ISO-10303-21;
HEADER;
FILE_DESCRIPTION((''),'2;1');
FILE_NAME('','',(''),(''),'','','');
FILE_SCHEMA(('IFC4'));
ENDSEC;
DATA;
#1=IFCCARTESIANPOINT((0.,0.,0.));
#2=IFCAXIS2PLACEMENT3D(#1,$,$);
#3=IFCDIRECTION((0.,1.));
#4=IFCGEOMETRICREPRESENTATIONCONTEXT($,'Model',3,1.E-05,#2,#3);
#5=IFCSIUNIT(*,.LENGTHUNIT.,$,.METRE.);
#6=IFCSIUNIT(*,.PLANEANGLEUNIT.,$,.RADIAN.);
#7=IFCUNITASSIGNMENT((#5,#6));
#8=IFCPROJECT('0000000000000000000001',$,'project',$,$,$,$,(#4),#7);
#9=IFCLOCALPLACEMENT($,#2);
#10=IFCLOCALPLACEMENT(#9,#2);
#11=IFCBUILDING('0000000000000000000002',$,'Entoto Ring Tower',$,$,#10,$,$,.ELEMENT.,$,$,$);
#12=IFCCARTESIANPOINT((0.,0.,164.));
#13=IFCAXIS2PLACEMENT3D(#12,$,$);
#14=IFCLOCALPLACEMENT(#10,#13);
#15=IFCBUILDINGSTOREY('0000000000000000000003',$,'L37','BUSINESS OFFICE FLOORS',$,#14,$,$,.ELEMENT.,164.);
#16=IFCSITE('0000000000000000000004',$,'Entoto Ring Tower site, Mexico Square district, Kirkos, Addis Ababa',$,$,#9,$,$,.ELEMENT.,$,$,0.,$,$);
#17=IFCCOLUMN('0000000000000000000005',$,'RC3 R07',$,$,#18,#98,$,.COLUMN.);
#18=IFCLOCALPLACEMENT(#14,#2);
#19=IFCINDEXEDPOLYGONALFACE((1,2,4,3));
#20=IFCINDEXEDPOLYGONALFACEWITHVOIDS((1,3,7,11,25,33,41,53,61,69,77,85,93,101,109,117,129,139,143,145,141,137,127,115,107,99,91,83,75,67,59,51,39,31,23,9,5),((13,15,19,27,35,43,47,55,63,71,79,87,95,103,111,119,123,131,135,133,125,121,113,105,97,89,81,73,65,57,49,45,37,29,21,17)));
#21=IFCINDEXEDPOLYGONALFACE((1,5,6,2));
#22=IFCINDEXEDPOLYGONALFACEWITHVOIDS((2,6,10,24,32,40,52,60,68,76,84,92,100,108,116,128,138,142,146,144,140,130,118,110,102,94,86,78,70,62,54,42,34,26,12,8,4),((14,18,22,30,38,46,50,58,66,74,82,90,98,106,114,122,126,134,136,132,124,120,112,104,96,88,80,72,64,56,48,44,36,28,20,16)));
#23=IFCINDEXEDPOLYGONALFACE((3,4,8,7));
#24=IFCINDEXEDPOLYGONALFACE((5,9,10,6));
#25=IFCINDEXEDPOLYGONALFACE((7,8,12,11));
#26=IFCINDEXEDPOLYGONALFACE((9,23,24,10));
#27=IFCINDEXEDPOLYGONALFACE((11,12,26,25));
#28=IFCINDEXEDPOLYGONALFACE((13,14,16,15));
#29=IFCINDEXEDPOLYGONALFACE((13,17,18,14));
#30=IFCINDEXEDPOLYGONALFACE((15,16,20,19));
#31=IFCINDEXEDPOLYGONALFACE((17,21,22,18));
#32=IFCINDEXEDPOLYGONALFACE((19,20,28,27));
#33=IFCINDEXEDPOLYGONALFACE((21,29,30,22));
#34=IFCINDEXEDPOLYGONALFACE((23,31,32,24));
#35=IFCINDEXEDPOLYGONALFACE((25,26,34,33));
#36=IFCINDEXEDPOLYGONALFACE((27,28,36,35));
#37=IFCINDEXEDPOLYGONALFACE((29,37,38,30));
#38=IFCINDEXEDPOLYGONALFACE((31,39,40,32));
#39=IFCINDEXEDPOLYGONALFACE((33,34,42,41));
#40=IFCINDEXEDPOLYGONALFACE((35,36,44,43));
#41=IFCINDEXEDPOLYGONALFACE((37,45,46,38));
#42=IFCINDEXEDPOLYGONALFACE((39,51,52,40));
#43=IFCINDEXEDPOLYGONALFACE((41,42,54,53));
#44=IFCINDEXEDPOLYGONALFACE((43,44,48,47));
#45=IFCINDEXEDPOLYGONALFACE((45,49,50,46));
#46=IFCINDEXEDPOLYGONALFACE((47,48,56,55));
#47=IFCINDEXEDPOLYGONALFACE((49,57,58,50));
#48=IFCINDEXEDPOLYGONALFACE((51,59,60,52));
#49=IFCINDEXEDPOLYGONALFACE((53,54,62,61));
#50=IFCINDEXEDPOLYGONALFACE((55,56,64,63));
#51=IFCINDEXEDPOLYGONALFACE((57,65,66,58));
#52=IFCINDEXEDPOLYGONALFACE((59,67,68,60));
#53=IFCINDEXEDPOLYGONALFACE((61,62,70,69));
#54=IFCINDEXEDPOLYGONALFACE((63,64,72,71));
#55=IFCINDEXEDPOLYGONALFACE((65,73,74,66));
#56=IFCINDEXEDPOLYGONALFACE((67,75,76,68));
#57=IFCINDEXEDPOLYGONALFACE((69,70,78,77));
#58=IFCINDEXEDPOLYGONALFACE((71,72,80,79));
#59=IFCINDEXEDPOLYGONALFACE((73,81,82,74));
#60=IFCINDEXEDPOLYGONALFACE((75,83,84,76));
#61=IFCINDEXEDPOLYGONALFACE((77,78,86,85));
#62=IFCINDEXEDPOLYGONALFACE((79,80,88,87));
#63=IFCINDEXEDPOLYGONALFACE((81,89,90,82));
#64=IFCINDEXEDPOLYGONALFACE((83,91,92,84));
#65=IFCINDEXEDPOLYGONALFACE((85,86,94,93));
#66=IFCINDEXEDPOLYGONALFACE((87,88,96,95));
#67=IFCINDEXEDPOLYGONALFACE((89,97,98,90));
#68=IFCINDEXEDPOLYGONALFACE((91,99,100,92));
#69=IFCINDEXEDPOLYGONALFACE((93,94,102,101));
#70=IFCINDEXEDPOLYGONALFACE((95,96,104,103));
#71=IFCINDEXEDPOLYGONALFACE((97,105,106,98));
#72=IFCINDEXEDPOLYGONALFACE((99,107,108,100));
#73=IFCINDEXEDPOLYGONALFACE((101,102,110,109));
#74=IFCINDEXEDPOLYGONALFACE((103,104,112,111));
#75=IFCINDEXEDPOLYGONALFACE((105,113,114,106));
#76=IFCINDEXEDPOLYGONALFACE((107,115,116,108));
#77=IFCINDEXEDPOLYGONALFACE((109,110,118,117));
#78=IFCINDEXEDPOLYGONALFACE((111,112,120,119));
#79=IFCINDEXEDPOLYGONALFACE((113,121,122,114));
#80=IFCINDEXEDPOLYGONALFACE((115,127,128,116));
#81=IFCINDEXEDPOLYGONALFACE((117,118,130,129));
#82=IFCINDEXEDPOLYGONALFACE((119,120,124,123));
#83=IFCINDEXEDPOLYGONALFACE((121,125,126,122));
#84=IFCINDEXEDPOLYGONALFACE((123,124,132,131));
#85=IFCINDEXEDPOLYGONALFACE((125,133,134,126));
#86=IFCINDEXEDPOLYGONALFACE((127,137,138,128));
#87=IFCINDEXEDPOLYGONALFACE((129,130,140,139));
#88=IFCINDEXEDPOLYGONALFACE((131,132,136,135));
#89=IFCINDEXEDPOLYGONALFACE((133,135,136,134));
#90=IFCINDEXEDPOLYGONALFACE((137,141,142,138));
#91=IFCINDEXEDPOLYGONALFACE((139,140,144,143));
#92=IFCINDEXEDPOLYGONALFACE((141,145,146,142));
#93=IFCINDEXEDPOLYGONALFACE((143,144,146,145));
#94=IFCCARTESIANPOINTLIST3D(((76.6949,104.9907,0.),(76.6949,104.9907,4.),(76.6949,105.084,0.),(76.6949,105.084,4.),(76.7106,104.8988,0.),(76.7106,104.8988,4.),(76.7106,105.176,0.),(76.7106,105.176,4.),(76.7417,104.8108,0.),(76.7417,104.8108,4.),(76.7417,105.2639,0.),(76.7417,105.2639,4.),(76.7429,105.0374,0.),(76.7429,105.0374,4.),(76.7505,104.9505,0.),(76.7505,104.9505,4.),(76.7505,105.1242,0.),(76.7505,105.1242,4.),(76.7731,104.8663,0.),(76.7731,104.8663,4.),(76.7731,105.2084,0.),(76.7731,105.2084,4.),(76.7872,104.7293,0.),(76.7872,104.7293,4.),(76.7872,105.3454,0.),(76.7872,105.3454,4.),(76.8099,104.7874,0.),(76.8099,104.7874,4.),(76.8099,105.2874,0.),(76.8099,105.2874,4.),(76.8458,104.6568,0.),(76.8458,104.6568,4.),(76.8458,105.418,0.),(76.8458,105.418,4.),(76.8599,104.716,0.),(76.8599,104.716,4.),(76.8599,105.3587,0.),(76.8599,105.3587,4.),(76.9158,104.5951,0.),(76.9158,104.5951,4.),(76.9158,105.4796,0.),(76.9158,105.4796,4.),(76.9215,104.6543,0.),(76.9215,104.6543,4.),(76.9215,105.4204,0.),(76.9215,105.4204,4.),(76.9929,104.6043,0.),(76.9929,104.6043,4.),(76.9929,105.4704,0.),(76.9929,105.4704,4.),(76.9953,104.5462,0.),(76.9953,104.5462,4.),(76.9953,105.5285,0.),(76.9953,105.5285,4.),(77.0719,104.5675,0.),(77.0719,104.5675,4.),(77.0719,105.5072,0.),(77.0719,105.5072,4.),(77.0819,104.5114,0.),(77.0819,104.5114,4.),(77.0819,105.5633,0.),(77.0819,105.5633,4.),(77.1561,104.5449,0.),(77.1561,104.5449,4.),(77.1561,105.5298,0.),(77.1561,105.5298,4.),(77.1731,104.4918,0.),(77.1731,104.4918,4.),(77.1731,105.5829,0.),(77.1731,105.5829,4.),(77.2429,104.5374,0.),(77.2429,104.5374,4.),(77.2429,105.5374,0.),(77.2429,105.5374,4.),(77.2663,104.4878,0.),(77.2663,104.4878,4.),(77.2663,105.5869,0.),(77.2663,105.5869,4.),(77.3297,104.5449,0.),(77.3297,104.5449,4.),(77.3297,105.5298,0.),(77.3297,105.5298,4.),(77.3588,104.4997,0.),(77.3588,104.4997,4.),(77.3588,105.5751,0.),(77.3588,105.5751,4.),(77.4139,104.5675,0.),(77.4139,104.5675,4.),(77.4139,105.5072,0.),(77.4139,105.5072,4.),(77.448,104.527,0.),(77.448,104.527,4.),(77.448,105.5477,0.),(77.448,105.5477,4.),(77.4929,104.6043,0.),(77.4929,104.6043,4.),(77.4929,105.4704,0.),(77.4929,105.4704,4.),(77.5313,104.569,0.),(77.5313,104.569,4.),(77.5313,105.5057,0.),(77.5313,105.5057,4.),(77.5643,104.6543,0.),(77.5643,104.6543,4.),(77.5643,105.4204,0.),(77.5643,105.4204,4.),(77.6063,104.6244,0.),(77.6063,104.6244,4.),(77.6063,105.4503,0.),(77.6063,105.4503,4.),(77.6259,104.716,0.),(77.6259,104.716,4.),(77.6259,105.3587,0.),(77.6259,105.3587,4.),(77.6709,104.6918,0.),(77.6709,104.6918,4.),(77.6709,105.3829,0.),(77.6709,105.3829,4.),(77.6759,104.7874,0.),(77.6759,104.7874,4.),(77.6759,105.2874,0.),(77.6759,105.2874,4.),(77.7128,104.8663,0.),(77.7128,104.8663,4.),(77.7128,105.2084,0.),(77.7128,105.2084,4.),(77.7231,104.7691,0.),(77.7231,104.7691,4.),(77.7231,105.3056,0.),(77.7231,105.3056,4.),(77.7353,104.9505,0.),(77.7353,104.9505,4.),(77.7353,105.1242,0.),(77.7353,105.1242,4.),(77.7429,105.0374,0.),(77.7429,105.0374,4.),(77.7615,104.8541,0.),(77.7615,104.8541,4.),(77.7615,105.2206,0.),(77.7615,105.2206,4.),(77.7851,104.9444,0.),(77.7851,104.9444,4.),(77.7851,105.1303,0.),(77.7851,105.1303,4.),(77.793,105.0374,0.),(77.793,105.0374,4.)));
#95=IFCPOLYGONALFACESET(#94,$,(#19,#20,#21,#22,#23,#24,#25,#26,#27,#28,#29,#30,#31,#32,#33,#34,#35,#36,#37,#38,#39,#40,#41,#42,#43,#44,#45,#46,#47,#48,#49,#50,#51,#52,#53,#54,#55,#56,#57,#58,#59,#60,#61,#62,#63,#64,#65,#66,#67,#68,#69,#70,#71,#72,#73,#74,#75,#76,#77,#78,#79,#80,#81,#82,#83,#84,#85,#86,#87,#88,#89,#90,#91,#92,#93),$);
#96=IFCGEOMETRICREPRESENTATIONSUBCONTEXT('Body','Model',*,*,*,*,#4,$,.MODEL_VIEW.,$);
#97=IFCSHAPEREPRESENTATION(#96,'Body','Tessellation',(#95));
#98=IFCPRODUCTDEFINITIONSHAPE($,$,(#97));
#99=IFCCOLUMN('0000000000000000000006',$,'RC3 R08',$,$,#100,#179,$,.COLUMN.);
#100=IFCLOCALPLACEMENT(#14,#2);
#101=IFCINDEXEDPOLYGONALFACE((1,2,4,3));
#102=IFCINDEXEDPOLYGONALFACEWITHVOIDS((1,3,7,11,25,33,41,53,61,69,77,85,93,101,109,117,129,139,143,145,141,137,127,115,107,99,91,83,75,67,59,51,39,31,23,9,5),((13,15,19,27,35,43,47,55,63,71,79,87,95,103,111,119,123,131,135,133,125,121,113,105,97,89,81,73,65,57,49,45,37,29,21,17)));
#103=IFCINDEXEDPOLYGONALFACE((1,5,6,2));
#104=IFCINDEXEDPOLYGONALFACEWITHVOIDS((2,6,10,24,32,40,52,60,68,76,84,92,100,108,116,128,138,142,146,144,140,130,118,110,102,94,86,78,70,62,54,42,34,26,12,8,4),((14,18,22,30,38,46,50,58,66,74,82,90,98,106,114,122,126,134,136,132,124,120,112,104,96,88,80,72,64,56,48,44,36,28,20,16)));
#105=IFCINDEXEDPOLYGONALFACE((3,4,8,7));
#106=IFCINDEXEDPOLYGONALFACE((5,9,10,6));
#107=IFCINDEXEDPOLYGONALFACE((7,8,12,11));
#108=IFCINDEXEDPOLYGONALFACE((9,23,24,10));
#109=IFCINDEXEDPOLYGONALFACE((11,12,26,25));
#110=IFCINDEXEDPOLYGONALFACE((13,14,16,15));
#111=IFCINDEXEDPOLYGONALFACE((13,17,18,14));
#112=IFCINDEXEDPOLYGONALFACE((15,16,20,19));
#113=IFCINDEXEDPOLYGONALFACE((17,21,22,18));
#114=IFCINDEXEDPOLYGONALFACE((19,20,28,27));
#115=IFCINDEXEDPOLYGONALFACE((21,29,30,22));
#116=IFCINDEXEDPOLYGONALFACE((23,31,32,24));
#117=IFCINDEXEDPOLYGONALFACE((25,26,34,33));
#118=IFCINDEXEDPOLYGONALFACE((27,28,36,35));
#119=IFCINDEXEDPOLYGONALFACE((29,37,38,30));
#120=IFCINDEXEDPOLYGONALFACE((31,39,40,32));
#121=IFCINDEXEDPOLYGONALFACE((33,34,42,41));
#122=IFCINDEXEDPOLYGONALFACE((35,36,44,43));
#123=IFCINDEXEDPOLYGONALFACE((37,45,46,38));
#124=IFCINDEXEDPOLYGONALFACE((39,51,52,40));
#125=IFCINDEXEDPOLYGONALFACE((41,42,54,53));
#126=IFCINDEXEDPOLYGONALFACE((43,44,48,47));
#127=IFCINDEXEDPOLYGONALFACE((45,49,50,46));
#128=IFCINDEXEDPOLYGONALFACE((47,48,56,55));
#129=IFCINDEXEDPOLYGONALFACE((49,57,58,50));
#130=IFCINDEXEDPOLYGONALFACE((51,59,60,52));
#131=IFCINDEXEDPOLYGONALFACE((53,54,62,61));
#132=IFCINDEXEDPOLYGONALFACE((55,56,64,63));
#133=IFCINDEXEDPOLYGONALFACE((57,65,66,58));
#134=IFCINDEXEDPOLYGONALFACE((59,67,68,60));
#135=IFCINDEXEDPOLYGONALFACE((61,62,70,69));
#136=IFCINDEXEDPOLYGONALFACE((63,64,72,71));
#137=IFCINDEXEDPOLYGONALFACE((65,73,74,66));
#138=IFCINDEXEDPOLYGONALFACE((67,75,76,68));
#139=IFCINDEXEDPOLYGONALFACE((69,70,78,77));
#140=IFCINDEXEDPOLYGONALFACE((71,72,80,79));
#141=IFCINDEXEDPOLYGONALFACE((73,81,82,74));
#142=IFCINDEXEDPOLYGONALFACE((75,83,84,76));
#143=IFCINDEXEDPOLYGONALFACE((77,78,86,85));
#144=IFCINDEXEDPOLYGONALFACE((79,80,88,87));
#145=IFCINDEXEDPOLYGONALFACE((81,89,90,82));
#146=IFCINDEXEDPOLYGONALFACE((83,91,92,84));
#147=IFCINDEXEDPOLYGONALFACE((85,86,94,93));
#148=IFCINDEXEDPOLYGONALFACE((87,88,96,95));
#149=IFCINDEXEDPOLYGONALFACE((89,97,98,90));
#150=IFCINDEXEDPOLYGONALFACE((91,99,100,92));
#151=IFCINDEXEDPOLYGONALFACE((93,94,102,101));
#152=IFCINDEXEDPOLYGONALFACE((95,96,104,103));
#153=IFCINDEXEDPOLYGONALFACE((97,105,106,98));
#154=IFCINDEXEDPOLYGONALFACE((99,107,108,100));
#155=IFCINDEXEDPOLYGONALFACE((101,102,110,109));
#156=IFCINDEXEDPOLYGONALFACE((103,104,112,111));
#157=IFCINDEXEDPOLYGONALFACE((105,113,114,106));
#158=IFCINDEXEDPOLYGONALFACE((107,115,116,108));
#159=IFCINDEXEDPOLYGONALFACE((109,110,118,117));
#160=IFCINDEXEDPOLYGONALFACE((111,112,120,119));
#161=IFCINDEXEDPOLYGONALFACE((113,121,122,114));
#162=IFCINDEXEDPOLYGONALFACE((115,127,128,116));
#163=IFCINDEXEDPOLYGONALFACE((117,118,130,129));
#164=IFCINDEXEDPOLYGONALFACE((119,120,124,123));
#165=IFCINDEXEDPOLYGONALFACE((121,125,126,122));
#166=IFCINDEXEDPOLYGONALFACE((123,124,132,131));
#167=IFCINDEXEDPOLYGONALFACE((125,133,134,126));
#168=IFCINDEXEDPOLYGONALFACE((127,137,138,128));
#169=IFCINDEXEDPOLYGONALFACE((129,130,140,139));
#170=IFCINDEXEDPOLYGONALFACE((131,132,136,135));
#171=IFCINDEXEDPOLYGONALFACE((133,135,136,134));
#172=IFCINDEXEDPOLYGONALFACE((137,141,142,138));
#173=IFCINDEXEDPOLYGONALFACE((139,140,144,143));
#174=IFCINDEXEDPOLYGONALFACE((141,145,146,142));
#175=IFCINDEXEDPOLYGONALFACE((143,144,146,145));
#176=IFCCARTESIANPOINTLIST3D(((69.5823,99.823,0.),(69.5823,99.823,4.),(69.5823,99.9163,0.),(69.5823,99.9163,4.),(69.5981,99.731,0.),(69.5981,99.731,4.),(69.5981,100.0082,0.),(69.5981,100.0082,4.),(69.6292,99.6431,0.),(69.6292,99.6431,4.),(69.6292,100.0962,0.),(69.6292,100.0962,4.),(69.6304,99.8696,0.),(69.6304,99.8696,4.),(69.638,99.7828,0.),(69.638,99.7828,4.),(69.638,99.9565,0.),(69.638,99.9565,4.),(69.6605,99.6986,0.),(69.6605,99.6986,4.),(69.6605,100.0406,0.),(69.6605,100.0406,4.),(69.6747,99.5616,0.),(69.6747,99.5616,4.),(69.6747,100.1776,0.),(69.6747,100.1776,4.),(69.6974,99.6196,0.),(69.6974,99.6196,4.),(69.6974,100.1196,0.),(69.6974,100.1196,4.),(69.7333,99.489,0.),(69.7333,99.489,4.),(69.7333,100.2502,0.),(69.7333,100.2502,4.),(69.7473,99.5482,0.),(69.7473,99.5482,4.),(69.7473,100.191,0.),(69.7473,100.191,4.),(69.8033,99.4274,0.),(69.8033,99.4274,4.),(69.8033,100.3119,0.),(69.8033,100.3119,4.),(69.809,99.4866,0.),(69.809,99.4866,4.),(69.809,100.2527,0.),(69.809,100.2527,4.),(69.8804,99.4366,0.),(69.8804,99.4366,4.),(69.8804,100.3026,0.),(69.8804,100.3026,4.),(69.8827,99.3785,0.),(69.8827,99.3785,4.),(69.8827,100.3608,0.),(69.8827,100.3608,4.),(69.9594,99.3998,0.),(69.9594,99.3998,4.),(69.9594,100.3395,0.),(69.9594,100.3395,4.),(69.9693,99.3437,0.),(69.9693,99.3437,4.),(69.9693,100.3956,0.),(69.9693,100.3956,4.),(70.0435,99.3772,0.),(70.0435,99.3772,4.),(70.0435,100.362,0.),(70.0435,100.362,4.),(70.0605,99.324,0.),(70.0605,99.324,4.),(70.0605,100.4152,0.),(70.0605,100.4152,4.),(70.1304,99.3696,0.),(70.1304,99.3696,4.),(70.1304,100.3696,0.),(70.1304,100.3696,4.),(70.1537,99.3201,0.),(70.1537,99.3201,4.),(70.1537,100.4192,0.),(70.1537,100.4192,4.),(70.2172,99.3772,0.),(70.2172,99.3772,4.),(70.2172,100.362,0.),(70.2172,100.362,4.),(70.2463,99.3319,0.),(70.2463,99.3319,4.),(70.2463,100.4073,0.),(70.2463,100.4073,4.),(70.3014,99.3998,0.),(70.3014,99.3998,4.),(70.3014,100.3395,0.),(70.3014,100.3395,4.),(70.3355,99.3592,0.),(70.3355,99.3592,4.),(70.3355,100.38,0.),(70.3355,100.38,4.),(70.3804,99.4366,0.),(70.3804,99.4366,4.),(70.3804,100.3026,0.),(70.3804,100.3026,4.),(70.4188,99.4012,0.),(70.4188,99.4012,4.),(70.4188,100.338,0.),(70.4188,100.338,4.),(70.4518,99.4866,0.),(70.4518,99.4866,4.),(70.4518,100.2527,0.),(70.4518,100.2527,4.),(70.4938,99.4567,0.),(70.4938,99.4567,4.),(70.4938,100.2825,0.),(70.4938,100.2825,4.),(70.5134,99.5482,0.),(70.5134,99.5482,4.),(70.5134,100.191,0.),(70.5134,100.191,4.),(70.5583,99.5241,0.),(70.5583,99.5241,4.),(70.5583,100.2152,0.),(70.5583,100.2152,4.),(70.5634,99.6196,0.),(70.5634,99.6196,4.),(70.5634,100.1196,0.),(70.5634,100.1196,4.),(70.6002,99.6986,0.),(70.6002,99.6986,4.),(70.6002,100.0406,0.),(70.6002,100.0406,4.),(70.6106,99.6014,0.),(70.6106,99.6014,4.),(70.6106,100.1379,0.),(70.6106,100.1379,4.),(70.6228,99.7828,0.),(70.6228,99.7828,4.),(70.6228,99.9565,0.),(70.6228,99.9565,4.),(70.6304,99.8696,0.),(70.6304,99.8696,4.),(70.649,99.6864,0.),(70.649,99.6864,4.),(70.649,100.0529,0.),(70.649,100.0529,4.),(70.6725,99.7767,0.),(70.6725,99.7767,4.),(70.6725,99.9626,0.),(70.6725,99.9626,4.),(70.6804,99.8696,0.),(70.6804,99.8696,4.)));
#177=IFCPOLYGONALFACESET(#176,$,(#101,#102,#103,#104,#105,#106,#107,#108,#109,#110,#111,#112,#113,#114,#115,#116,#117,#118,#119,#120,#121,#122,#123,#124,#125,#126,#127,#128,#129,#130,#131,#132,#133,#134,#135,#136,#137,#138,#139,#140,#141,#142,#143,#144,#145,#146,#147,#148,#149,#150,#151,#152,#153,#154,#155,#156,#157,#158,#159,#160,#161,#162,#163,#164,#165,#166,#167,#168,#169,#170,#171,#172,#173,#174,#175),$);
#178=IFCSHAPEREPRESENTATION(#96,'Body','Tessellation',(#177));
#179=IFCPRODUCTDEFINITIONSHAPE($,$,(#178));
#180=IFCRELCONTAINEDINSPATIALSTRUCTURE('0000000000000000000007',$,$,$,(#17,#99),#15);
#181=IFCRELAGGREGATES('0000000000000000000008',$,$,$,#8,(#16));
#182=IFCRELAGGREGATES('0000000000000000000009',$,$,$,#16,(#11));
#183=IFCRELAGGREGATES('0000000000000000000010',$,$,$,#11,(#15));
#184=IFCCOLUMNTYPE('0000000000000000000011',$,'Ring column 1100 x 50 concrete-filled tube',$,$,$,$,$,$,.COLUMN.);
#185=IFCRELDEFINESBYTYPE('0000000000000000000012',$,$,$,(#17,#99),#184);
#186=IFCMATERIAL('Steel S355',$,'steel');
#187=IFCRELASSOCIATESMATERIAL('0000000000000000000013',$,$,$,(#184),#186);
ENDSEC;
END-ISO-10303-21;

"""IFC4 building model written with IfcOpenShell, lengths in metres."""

from ifc_helpers import new_model, si_unit, direction, frame, origin, origin_2d, place, context, subcontext, project, spatial, circle, hollow_circle, extrude, material, material_profile, profile_set, type_object, element, save


model = new_model("IFC4")

# Units and contexts
model_context = context("Model", 3, precision=1e-05, world=origin(), true_north=direction((0.0, 1.0)))
body_context = subcontext(model_context, "Body", "Model", "MODEL_VIEW")
ifc_project = project(units=[si_unit("LENGTHUNIT", "METRE"), si_unit("PLANEANGLEUNIT", "RADIAN")], contexts=[model_context])

# Site, building, storey
site_placement = place(None, origin())
site = spatial("IfcSite", under=ifc_project, at=site_placement, Name="Entoto Ring Tower site, Mexico Square district, Kirkos, Addis Ababa", CompositionType="ELEMENT", RefElevation=0.0)
building_placement = place(site_placement, origin())
building = spatial("IfcBuilding", under=site, at=building_placement, Name="Entoto Ring Tower", CompositionType="ELEMENT")
storey_placement = place(building_placement, frame((0.0, 0.0, 164.0)))
storey = spatial("IfcBuildingStorey", under=building, at=storey_placement, Name="L37", Description="BUSINESS OFFICE FLOORS", CompositionType="ELEMENT", Elevation=164.0)

# Columns
ifc_material_1 = material(Name="Steel S355", Category="steel")
ifc_material_profile_1 = material_profile(ifc_material_1, hollow_circle(Radius=0.55, WallThickness=0.05, at=origin_2d()), Name="CHS 1100 x 50")
ifc_material_2 = material(Name="Concrete C60/75", Category="concrete")
ifc_material_profile_2 = material_profile(ifc_material_2, circle(Radius=0.5, at=origin_2d()), Name="Concrete C60/75 infill")
ifc_profile_set_1 = profile_set([ifc_material_profile_1, ifc_material_profile_2], Name="Steel S355")
column_type = type_object("IfcColumnType", Name="Ring column 1100 x 50 concrete-filled tube", PredefinedType="COLUMN", material=ifc_profile_set_1)
for number, where, z_axis, x_axis, name in (
    (1, (77.2429, 105.0374, 0.0), (0.0, 0.0, 1.0), (1.0, 0.0, 0.0), "RC3 R07"),
    (2, (70.1304, 99.8696, 0.0), (0.0, 0.0, 1.0), (1.0, 0.0, 0.0), "RC3 R08"),
):
    element("IfcColumn", number, at=place(storey_placement, frame(where, z_axis=z_axis, x_axis=x_axis)), inside=storey, type_object=column_type, Name=name, PredefinedType="COLUMN", context=body_context, shape_type="SweptSolid", body=[
        extrude(hollow_circle(Radius=0.55, WallThickness=0.05, at=origin_2d()), origin(), (0.0, 0.0, 1.0), 4.0),
    ])

save(model, "model.ifc")
